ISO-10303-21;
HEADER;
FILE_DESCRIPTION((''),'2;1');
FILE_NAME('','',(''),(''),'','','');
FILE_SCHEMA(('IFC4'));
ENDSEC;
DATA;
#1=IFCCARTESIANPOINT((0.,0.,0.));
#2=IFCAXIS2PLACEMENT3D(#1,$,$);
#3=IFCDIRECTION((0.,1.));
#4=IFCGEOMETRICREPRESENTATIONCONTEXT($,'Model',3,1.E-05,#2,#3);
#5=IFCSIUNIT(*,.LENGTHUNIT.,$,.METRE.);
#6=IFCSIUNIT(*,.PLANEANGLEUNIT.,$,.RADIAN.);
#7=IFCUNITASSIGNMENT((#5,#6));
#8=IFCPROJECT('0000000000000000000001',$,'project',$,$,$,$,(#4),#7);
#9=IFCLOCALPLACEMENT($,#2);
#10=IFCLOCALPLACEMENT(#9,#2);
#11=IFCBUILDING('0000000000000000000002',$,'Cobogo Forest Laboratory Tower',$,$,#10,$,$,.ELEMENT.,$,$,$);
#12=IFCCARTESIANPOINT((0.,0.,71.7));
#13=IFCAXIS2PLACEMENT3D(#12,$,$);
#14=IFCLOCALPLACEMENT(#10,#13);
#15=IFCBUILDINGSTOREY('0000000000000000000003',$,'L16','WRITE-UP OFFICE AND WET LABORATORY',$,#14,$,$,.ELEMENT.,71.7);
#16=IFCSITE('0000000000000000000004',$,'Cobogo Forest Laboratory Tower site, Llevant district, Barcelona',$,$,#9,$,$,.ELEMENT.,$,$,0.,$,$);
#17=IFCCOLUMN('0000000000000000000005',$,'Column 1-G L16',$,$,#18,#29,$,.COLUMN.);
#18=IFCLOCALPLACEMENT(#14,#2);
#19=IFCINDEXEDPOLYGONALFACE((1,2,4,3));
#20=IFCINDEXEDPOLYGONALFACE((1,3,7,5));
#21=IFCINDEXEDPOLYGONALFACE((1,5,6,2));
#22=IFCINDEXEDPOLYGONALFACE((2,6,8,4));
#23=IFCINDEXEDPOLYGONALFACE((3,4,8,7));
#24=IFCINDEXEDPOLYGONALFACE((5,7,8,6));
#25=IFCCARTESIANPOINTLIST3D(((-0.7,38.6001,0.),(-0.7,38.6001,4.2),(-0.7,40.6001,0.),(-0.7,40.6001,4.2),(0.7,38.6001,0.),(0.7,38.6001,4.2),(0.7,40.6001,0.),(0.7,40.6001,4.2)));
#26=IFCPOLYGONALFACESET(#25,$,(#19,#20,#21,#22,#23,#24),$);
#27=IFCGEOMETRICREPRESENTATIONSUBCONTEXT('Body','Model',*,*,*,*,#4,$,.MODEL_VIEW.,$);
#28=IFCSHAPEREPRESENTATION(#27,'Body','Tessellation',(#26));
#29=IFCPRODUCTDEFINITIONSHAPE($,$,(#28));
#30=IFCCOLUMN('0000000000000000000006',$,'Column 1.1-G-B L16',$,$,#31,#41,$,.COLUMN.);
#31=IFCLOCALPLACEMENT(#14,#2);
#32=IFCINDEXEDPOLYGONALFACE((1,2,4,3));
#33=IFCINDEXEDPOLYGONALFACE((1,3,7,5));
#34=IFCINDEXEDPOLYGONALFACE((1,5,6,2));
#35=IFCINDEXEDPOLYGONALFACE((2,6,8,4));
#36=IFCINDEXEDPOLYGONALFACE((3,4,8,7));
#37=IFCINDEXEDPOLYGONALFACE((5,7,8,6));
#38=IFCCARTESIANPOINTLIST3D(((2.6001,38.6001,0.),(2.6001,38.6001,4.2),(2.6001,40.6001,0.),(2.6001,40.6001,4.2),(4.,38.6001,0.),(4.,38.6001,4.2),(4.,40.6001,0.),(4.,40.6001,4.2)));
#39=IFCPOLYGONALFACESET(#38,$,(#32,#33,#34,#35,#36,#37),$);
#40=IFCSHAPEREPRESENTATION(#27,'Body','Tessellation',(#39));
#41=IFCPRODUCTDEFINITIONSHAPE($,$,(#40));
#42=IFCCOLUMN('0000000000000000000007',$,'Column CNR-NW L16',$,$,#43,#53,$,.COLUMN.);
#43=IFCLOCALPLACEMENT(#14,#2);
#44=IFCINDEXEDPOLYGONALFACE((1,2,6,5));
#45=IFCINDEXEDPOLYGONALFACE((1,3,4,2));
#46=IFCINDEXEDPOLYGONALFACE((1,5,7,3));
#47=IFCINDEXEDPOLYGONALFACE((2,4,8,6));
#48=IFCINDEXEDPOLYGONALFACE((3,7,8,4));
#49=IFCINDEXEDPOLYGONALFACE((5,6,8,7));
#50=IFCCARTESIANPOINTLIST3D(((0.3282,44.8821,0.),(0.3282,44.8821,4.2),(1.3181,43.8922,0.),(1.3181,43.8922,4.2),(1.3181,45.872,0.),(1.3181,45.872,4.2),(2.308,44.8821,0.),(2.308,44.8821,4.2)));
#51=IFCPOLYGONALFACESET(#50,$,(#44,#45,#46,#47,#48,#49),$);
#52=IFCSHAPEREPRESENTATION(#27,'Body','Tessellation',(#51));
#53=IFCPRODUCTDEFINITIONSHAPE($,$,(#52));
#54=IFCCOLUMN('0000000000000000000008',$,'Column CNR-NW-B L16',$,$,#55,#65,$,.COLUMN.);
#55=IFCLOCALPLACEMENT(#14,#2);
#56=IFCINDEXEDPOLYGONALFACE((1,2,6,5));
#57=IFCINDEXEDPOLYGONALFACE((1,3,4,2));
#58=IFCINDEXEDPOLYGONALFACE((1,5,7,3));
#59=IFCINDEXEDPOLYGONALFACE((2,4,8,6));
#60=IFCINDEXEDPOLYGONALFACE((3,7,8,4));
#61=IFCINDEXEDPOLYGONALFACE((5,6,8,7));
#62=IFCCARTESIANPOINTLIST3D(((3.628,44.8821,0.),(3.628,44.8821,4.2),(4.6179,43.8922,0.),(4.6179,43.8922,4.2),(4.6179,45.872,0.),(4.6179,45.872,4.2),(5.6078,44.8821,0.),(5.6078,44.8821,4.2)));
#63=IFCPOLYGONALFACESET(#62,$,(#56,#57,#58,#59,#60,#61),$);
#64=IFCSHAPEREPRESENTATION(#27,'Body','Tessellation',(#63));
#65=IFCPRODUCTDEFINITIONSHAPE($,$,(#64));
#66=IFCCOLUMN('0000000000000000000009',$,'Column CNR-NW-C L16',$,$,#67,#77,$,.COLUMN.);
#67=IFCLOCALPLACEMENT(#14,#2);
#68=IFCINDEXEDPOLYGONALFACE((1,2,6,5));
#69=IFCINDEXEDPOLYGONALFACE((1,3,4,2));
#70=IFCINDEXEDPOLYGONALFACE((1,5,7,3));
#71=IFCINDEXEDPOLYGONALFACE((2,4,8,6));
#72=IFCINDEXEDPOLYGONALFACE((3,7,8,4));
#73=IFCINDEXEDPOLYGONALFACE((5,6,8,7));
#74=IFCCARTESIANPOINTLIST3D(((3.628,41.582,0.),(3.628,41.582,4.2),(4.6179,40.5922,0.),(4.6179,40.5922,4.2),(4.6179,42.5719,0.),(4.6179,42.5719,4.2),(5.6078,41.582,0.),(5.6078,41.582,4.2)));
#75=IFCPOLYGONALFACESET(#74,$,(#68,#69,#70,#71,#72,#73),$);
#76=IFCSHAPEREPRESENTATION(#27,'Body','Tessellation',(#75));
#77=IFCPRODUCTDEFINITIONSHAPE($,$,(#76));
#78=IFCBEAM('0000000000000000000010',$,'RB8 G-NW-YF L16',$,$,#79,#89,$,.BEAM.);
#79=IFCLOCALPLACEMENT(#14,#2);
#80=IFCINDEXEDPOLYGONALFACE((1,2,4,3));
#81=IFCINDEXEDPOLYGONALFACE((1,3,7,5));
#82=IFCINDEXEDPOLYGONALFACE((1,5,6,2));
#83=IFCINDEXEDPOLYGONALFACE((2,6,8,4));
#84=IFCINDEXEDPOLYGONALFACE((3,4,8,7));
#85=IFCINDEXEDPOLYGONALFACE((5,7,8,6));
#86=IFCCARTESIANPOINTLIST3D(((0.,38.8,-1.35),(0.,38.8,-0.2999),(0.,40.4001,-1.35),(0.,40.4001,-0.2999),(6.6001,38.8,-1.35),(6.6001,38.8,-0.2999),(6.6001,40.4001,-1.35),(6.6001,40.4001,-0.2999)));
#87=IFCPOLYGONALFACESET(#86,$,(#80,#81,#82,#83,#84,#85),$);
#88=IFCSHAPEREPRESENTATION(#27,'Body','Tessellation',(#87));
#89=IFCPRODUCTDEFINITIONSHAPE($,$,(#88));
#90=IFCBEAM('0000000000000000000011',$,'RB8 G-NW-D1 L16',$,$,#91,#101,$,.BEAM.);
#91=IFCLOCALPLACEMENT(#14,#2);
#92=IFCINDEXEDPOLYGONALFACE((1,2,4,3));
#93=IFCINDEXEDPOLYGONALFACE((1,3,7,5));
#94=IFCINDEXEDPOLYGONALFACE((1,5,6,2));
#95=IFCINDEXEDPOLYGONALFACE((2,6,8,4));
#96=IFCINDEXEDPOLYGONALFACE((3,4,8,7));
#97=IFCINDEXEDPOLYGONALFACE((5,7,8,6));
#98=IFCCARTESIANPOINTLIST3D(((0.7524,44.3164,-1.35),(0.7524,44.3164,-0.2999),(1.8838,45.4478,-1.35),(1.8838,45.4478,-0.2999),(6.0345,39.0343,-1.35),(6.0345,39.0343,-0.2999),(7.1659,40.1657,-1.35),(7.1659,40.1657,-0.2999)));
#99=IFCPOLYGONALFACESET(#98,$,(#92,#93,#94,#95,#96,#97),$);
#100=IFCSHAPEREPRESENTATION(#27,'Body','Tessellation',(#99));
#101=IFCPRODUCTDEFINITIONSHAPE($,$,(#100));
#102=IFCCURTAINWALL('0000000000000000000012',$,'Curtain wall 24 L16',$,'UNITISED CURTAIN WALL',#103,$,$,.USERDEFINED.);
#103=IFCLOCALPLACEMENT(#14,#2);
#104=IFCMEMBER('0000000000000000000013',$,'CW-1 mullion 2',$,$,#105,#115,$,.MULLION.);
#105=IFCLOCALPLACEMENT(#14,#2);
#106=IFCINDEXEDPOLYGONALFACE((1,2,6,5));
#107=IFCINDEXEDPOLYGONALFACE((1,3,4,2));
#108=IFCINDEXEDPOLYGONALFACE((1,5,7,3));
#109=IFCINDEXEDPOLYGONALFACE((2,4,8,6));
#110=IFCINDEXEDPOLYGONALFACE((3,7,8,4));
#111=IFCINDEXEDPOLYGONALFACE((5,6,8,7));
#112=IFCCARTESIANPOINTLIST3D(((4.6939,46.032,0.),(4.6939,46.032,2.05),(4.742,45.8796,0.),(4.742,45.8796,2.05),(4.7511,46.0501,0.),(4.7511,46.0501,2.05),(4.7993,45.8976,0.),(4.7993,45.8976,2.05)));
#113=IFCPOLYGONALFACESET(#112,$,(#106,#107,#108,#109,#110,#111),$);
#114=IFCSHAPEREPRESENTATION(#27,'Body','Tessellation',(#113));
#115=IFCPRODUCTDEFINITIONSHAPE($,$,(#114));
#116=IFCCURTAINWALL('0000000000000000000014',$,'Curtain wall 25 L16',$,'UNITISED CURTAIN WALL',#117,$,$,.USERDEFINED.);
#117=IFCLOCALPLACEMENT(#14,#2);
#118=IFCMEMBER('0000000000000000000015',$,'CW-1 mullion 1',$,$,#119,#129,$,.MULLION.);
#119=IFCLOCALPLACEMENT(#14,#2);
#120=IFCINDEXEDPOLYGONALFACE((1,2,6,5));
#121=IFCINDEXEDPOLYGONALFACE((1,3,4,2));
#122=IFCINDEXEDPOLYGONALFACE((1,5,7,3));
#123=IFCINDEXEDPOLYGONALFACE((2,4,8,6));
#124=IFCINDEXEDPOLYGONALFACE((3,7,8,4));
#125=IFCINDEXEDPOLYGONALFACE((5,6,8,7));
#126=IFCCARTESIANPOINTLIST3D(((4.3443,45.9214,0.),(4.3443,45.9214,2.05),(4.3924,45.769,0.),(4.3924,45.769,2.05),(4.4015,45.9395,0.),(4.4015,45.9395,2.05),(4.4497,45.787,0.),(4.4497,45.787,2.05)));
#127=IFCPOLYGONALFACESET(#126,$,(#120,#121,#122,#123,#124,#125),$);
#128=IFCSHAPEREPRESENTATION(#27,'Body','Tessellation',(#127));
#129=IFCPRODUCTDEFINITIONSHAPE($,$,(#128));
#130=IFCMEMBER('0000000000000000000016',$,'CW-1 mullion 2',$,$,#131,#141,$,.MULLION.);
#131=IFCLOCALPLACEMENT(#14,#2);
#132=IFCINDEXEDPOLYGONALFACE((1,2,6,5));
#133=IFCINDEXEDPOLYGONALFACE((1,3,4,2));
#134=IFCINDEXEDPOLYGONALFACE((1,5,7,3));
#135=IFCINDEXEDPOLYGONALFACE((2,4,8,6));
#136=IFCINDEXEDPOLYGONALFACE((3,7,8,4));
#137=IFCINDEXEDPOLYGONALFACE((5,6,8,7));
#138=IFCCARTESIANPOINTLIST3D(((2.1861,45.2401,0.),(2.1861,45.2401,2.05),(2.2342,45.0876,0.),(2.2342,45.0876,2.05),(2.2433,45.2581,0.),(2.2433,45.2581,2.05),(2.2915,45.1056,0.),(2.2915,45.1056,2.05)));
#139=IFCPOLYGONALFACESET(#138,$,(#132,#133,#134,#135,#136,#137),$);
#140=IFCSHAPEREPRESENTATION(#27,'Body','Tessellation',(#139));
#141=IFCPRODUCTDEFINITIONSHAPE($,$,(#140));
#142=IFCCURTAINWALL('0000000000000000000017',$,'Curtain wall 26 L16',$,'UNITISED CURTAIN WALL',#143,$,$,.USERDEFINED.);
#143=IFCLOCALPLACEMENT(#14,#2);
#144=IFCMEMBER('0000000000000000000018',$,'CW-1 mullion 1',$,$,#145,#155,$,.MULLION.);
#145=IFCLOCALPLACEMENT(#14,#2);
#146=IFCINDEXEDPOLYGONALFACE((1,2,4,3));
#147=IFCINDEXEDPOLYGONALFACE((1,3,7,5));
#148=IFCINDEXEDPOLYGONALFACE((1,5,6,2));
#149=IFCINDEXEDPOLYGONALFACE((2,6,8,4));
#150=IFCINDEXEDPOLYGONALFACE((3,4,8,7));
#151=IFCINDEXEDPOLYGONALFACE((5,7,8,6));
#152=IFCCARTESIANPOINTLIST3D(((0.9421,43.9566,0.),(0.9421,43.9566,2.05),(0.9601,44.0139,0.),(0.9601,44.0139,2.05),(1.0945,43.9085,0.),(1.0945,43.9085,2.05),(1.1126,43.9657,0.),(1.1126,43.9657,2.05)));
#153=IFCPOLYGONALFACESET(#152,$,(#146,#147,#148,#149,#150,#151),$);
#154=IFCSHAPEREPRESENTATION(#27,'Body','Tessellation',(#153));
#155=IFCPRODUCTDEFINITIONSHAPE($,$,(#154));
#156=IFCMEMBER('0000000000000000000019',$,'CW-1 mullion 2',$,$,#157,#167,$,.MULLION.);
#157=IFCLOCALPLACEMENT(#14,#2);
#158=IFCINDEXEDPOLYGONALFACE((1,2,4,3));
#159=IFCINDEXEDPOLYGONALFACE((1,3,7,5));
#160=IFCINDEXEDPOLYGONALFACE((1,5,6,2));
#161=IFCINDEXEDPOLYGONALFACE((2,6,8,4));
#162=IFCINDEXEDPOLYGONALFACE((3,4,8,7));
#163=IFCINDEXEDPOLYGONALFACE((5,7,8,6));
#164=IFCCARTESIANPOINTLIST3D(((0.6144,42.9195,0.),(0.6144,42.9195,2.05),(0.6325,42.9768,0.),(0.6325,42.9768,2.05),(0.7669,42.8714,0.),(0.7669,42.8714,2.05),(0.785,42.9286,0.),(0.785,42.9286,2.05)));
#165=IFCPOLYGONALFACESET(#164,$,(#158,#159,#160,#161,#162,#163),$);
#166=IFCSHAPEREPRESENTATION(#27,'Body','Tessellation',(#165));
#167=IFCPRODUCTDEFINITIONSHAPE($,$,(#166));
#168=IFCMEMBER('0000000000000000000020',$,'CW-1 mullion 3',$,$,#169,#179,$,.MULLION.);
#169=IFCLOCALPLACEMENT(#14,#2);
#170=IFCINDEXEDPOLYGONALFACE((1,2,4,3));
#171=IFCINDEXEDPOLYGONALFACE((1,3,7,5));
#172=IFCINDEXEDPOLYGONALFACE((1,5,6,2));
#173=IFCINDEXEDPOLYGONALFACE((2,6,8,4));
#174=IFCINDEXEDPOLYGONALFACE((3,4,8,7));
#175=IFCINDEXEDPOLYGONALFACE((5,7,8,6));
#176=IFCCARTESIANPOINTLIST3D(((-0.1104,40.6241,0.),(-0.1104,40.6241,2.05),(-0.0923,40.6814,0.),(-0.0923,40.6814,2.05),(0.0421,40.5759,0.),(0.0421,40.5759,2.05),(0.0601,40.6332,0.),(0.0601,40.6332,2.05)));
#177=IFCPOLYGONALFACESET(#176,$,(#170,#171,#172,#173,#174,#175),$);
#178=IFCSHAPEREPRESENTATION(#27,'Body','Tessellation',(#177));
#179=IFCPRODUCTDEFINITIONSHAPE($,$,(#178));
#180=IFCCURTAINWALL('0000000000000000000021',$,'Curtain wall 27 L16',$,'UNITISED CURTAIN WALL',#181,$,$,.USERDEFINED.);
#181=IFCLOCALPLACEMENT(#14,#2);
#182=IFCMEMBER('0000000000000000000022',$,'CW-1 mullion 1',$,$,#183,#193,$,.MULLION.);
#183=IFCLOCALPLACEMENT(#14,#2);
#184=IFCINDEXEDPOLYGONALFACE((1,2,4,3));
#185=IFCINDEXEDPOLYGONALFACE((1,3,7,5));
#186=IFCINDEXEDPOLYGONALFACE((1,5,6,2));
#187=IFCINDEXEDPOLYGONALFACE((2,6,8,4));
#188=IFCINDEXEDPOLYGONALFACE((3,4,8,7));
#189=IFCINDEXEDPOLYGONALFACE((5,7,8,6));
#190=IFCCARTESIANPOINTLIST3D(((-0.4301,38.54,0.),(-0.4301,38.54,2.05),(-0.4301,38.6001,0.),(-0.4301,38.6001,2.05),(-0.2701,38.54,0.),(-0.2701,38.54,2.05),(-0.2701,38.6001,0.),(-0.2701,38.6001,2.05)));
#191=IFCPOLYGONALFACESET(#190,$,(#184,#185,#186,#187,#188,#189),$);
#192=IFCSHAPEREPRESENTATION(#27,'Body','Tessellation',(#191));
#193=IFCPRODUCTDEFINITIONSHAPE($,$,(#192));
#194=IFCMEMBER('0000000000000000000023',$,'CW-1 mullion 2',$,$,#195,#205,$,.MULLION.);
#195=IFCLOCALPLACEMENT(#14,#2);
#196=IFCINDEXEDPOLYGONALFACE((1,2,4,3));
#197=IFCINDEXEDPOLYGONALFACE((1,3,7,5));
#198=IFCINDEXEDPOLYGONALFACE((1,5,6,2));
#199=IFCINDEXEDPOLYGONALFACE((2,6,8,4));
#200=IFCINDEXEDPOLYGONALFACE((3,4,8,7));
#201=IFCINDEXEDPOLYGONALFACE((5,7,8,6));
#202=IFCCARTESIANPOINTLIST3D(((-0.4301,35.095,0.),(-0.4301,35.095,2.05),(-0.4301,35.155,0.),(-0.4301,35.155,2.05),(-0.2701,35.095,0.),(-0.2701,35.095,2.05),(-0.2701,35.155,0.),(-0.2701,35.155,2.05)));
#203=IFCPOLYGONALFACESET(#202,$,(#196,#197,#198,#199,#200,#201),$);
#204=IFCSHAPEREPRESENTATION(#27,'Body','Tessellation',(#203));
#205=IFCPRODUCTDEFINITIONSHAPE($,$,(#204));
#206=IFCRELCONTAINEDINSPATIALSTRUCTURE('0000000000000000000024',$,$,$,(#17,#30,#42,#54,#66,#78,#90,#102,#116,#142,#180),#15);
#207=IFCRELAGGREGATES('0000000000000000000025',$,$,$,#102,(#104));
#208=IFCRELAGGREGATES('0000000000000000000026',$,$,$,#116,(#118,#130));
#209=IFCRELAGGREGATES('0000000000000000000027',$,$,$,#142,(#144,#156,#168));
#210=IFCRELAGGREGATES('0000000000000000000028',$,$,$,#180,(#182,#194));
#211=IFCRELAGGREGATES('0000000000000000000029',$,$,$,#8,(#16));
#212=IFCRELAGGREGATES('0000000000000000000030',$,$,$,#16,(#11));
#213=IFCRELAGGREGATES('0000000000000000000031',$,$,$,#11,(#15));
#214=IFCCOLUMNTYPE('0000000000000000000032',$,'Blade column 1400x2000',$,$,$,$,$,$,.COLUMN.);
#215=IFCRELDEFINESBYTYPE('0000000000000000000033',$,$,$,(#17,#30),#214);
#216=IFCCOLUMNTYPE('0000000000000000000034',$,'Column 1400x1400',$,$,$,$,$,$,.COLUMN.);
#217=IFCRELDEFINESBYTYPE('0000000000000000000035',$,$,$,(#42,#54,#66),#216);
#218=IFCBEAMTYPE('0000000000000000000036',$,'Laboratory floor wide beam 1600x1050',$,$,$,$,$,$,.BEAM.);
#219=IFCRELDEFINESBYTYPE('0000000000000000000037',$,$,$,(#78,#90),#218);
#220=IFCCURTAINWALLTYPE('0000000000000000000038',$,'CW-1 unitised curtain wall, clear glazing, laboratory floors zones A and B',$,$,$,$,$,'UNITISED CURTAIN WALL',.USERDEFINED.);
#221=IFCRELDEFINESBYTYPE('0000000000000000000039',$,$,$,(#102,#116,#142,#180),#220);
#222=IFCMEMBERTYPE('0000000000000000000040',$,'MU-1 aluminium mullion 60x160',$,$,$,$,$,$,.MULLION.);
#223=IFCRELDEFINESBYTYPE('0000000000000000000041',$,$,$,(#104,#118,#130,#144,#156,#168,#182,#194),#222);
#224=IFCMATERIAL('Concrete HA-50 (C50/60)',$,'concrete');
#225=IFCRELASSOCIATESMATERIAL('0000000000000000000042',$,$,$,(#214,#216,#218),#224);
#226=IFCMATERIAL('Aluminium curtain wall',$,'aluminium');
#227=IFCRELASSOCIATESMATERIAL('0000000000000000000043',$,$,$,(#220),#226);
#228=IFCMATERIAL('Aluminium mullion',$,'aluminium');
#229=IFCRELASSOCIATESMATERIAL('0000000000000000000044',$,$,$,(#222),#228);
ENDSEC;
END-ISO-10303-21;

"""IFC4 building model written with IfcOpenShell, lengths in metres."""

from ifc_helpers import new_model, si_unit, direction, frame, origin, origin_2d, place, context, subcontext, project, spatial, rectangle, extrude, material, material_profile, profile_set, type_object, element, aggregate, save


model = new_model("IFC4")

# Units and contexts
model_context = context("Model", 3, precision=1e-05, world=origin(), true_north=direction((0.0, 1.0)))
body_context = subcontext(model_context, "Body", "Model", "MODEL_VIEW")
ifc_project = project(units=[si_unit("LENGTHUNIT", "METRE"), si_unit("PLANEANGLEUNIT", "RADIAN")], contexts=[model_context])

# Site, building, storey
site_placement = place(None, origin())
site = spatial("IfcSite", under=ifc_project, at=site_placement, Name="Cobogo Forest Laboratory Tower site, Llevant district, Barcelona", CompositionType="ELEMENT", RefElevation=0.0)
building_placement = place(site_placement, origin())
building = spatial("IfcBuilding", under=site, at=building_placement, Name="Cobogo Forest Laboratory Tower", CompositionType="ELEMENT")
storey_placement = place(building_placement, frame((0.0, 0.0, 71.7)))
storey = spatial("IfcBuildingStorey", under=building, at=storey_placement, Name="L16", Description="WRITE-UP OFFICE AND WET LABORATORY", CompositionType="ELEMENT", Elevation=71.7)

# Columns
ifc_material_1 = material(Name="Concrete HA-50 (C50/60)", Category="concrete")
ifc_material_profile_1 = material_profile(ifc_material_1, rectangle(XDim=2.0, YDim=1.3999, at=origin_2d()), Name="RC 1400x2000")
ifc_profile_set_1 = profile_set([ifc_material_profile_1], Name="Concrete HA-50 (C50/60)")
column_type_1 = type_object("IfcColumnType", Name="Blade column 1400x2000", PredefinedType="COLUMN", material=ifc_profile_set_1)
for number, where, z_axis, x_axis, name in (
    (1, (0.0, 39.6001, 0.0), (0.0, 0.0, 1.0), (0.0, 1.0, 0.0), "Column 1-G L16"),
    (2, (3.3, 39.6001, 0.0), (0.0, 0.0, 1.0), (0.0, 1.0, 0.0), "Column 1.1-G-B L16"),
):
    element("IfcColumn", number, at=place(storey_placement, frame(where, z_axis=z_axis, x_axis=x_axis)), inside=storey, type_object=column_type_1, Name=name, PredefinedType="COLUMN", context=body_context, shape_type="SweptSolid", body=[
        extrude(rectangle(XDim=2.0, YDim=1.3999, at=origin_2d()), origin(), (0.0, 0.0, 1.0), 4.2),
    ])
ifc_material_profile_2 = material_profile(ifc_material_1, rectangle(XDim=1.3999, YDim=1.3999, at=origin_2d()), Name="RC 1400x1400")
ifc_profile_set_2 = profile_set([ifc_material_profile_2], Name="Concrete HA-50 (C50/60)")
column_type_2 = type_object("IfcColumnType", Name="Column 1400x1400", PredefinedType="COLUMN", material=ifc_profile_set_2)
for number, where, z_axis, x_axis, name in (
    (3, (1.3181, 44.8821, 0.0), (0.0, 0.0, 1.0), (0.707107, 0.707107, 0.0), "Column CNR-NW L16"),
    (4, (4.6179, 44.8821, 0.0), (0.0, 0.0, 1.0), (0.707107, 0.707107, 0.0), "Column CNR-NW-B L16"),
    (5, (4.6179, 41.582, 0.0), (0.0, 0.0, 1.0), (0.707107, 0.707107, 0.0), "Column CNR-NW-C L16"),
):
    element("IfcColumn", number, at=place(storey_placement, frame(where, z_axis=z_axis, x_axis=x_axis)), inside=storey, type_object=column_type_2, Name=name, PredefinedType="COLUMN", context=body_context, shape_type="SweptSolid", body=[
        extrude(rectangle(XDim=1.3999, YDim=1.3999, at=origin_2d()), origin(), (0.0, 0.0, 1.0), 4.2),
    ])

# Beams
ifc_material_profile_3 = material_profile(ifc_material_1, rectangle(XDim=1.6001, YDim=1.05, at=origin_2d()), Name="RC 1600x1050")
ifc_profile_set_3 = profile_set([ifc_material_profile_3], Name="Concrete HA-50 (C50/60)")
beam_type_1 = type_object("IfcBeamType", Name="Laboratory floor wide beam 1600x1050", PredefinedType="BEAM", material=ifc_profile_set_3)
beam_1_placement = place(storey_placement, frame((0.0, 39.6001, -0.825), z_axis=(1.0, 0.0, 0.0), x_axis=(0.0, 1.0, 0.0)))
element("IfcBeam", 6, at=beam_1_placement, inside=storey, type_object=beam_type_1, Name="RB8 G-NW-YF L16", PredefinedType="BEAM", context=body_context, shape_type="SweptSolid", body=[
    extrude(rectangle(XDim=1.6001, YDim=1.05, at=origin_2d()), origin(), (0.0, 0.0, 1.0), 6.6001),
])
beam_2_placement = place(storey_placement, frame((1.3181, 44.8821, -0.825), z_axis=(0.707107, -0.707107, 0.0), x_axis=(0.707107, 0.707107, 0.0)))
element("IfcBeam", 7, at=beam_2_placement, inside=storey, type_object=beam_type_1, Name="RB8 G-NW-D1 L16", PredefinedType="BEAM", context=body_context, shape_type="SweptSolid", body=[
    extrude(rectangle(XDim=1.6001, YDim=1.05, at=origin_2d()), origin(), (0.0, 0.0, 1.0), 7.47),
])

# Curtain wall, member
ifc_material_2 = material(Name="Aluminium curtain wall", Category="aluminium")
curtain_wall_type = type_object("IfcCurtainWallType", Name="CW-1 unitised curtain wall, clear glazing, laboratory floors zones A and B", ElementType="UNITISED CURTAIN WALL", PredefinedType="USERDEFINED", material=ifc_material_2)
curtain_wall_1_placement = place(storey_placement, origin())
curtain_wall_1 = element("IfcCurtainWall", 8, at=curtain_wall_1_placement, inside=storey, type_object=curtain_wall_type, Name="Curtain wall 24 L16", ObjectType="UNITISED CURTAIN WALL", PredefinedType="USERDEFINED")
ifc_material_3 = material(Name="Aluminium mullion", Category="aluminium")
ifc_material_profile_4 = material_profile(ifc_material_3, rectangle(XDim=0.0601, YDim=0.1599, at=origin_2d()), Name="AL 60x160")
ifc_profile_set_4 = profile_set([ifc_material_profile_4], Name="Aluminium mullion")
member_type_1 = type_object("IfcMemberType", Name="MU-1 aluminium mullion 60x160", PredefinedType="MULLION", material=ifc_profile_set_4)
member_1_placement = place(storey_placement, frame((4.7466, 45.9648, 0.0), z_axis=(0.0, 0.0, 1.0), x_axis=(-0.953581, -0.301135, 0.0)))
member_1 = element("IfcMember", 9, at=member_1_placement, type_object=member_type_1, Name="CW-1 mullion 2", PredefinedType="MULLION", context=body_context, shape_type="SweptSolid", body=[
    extrude(rectangle(XDim=0.0601, YDim=0.1599, at=origin_2d()), origin(), (0.0, 0.0, 1.0), 2.05),
])

# Curtain walls, members
curtain_wall_2_placement = place(storey_placement, origin())
curtain_wall_2 = element("IfcCurtainWall", 10, at=curtain_wall_2_placement, inside=storey, type_object=curtain_wall_type, Name="Curtain wall 25 L16", ObjectType="UNITISED CURTAIN WALL", PredefinedType="USERDEFINED")
member_2_placement = place(storey_placement, frame((4.397, 45.8542, 0.0), z_axis=(0.0, 0.0, 1.0), x_axis=(-0.953581, -0.301135, 0.0)))
member_2 = element("IfcMember", 11, at=member_2_placement, type_object=member_type_1, Name="CW-1 mullion 1", PredefinedType="MULLION", context=body_context, shape_type="SweptSolid", body=[
    extrude(rectangle(XDim=0.0601, YDim=0.1599, at=origin_2d()), origin(), (0.0, 0.0, 1.0), 2.05),
])
member_3_placement = place(storey_placement, frame((2.2388, 45.1729, 0.0), z_axis=(0.0, 0.0, 1.0), x_axis=(-0.953581, -0.301135, 0.0)))
member_3 = element("IfcMember", 12, at=member_3_placement, type_object=member_type_1, Name="CW-1 mullion 2", PredefinedType="MULLION", context=body_context, shape_type="SweptSolid", body=[
    extrude(rectangle(XDim=0.0601, YDim=0.1599, at=origin_2d()), origin(), (0.0, 0.0, 1.0), 2.05),
])
curtain_wall_3_placement = place(storey_placement, origin())
curtain_wall_3 = element("IfcCurtainWall", 13, at=curtain_wall_3_placement, inside=storey, type_object=curtain_wall_type, Name="Curtain wall 26 L16", ObjectType="UNITISED CURTAIN WALL", PredefinedType="USERDEFINED")
member_4_placement = place(storey_placement, frame((1.0273, 43.9612, 0.0), z_axis=(0.0, 0.0, 1.0), x_axis=(-0.301135, -0.953581, 0.0)))
member_4 = element("IfcMember", 14, at=member_4_placement, type_object=member_type_1, Name="CW-1 mullion 1", PredefinedType="MULLION", context=body_context, shape_type="SweptSolid", body=[
    extrude(rectangle(XDim=0.0601, YDim=0.1599, at=origin_2d()), origin(), (0.0, 0.0, 1.0), 2.05),
])
member_5_placement = place(storey_placement, frame((0.6997, 42.9241, 0.0), z_axis=(0.0, 0.0, 1.0), x_axis=(-0.301135, -0.953581, 0.0)))
member_5 = element("IfcMember", 15, at=member_5_placement, type_object=member_type_1, Name="CW-1 mullion 2", PredefinedType="MULLION", context=body_context, shape_type="SweptSolid", body=[
    extrude(rectangle(XDim=0.0601, YDim=0.1599, at=origin_2d()), origin(), (0.0, 0.0, 1.0), 2.05),
])
member_6_placement = place(storey_placement, frame((-0.0251, 40.6287, 0.0), z_axis=(0.0, 0.0, 1.0), x_axis=(-0.301135, -0.953581, 0.0)))
member_6 = element("IfcMember", 16, at=member_6_placement, type_object=member_type_1, Name="CW-1 mullion 3", PredefinedType="MULLION", context=body_context, shape_type="SweptSolid", body=[
    extrude(rectangle(XDim=0.0601, YDim=0.1599, at=origin_2d()), origin(), (0.0, 0.0, 1.0), 2.05),
])
curtain_wall_4_placement = place(storey_placement, origin())
curtain_wall_4 = element("IfcCurtainWall", 17, at=curtain_wall_4_placement, inside=storey, type_object=curtain_wall_type, Name="Curtain wall 27 L16", ObjectType="UNITISED CURTAIN WALL", PredefinedType="USERDEFINED")
member_7_placement = place(storey_placement, frame((-0.3501, 38.5701, 0.0), z_axis=(0.0, 0.0, 1.0), x_axis=(0.0, -1.0, 0.0)))
member_7 = element("IfcMember", 18, at=member_7_placement, type_object=member_type_1, Name="CW-1 mullion 1", PredefinedType="MULLION", context=body_context, shape_type="SweptSolid", body=[
    extrude(rectangle(XDim=0.0601, YDim=0.1599, at=origin_2d()), origin(), (0.0, 0.0, 1.0), 2.05),
])
member_8_placement = place(storey_placement, frame((-0.3501, 35.125, 0.0), z_axis=(0.0, 0.0, 1.0), x_axis=(0.0, -1.0, 0.0)))
member_8 = element("IfcMember", 19, at=member_8_placement, type_object=member_type_1, Name="CW-1 mullion 2", PredefinedType="MULLION", context=body_context, shape_type="SweptSolid", body=[
    extrude(rectangle(XDim=0.0601, YDim=0.1599, at=origin_2d()), origin(), (0.0, 0.0, 1.0), 2.05),
])

aggregate(curtain_wall_1, [member_1])
aggregate(curtain_wall_2, [member_2, member_3])
aggregate(curtain_wall_3, [member_4, member_5, member_6])
aggregate(curtain_wall_4, [member_7, member_8])

save(model, "model.ifc")
